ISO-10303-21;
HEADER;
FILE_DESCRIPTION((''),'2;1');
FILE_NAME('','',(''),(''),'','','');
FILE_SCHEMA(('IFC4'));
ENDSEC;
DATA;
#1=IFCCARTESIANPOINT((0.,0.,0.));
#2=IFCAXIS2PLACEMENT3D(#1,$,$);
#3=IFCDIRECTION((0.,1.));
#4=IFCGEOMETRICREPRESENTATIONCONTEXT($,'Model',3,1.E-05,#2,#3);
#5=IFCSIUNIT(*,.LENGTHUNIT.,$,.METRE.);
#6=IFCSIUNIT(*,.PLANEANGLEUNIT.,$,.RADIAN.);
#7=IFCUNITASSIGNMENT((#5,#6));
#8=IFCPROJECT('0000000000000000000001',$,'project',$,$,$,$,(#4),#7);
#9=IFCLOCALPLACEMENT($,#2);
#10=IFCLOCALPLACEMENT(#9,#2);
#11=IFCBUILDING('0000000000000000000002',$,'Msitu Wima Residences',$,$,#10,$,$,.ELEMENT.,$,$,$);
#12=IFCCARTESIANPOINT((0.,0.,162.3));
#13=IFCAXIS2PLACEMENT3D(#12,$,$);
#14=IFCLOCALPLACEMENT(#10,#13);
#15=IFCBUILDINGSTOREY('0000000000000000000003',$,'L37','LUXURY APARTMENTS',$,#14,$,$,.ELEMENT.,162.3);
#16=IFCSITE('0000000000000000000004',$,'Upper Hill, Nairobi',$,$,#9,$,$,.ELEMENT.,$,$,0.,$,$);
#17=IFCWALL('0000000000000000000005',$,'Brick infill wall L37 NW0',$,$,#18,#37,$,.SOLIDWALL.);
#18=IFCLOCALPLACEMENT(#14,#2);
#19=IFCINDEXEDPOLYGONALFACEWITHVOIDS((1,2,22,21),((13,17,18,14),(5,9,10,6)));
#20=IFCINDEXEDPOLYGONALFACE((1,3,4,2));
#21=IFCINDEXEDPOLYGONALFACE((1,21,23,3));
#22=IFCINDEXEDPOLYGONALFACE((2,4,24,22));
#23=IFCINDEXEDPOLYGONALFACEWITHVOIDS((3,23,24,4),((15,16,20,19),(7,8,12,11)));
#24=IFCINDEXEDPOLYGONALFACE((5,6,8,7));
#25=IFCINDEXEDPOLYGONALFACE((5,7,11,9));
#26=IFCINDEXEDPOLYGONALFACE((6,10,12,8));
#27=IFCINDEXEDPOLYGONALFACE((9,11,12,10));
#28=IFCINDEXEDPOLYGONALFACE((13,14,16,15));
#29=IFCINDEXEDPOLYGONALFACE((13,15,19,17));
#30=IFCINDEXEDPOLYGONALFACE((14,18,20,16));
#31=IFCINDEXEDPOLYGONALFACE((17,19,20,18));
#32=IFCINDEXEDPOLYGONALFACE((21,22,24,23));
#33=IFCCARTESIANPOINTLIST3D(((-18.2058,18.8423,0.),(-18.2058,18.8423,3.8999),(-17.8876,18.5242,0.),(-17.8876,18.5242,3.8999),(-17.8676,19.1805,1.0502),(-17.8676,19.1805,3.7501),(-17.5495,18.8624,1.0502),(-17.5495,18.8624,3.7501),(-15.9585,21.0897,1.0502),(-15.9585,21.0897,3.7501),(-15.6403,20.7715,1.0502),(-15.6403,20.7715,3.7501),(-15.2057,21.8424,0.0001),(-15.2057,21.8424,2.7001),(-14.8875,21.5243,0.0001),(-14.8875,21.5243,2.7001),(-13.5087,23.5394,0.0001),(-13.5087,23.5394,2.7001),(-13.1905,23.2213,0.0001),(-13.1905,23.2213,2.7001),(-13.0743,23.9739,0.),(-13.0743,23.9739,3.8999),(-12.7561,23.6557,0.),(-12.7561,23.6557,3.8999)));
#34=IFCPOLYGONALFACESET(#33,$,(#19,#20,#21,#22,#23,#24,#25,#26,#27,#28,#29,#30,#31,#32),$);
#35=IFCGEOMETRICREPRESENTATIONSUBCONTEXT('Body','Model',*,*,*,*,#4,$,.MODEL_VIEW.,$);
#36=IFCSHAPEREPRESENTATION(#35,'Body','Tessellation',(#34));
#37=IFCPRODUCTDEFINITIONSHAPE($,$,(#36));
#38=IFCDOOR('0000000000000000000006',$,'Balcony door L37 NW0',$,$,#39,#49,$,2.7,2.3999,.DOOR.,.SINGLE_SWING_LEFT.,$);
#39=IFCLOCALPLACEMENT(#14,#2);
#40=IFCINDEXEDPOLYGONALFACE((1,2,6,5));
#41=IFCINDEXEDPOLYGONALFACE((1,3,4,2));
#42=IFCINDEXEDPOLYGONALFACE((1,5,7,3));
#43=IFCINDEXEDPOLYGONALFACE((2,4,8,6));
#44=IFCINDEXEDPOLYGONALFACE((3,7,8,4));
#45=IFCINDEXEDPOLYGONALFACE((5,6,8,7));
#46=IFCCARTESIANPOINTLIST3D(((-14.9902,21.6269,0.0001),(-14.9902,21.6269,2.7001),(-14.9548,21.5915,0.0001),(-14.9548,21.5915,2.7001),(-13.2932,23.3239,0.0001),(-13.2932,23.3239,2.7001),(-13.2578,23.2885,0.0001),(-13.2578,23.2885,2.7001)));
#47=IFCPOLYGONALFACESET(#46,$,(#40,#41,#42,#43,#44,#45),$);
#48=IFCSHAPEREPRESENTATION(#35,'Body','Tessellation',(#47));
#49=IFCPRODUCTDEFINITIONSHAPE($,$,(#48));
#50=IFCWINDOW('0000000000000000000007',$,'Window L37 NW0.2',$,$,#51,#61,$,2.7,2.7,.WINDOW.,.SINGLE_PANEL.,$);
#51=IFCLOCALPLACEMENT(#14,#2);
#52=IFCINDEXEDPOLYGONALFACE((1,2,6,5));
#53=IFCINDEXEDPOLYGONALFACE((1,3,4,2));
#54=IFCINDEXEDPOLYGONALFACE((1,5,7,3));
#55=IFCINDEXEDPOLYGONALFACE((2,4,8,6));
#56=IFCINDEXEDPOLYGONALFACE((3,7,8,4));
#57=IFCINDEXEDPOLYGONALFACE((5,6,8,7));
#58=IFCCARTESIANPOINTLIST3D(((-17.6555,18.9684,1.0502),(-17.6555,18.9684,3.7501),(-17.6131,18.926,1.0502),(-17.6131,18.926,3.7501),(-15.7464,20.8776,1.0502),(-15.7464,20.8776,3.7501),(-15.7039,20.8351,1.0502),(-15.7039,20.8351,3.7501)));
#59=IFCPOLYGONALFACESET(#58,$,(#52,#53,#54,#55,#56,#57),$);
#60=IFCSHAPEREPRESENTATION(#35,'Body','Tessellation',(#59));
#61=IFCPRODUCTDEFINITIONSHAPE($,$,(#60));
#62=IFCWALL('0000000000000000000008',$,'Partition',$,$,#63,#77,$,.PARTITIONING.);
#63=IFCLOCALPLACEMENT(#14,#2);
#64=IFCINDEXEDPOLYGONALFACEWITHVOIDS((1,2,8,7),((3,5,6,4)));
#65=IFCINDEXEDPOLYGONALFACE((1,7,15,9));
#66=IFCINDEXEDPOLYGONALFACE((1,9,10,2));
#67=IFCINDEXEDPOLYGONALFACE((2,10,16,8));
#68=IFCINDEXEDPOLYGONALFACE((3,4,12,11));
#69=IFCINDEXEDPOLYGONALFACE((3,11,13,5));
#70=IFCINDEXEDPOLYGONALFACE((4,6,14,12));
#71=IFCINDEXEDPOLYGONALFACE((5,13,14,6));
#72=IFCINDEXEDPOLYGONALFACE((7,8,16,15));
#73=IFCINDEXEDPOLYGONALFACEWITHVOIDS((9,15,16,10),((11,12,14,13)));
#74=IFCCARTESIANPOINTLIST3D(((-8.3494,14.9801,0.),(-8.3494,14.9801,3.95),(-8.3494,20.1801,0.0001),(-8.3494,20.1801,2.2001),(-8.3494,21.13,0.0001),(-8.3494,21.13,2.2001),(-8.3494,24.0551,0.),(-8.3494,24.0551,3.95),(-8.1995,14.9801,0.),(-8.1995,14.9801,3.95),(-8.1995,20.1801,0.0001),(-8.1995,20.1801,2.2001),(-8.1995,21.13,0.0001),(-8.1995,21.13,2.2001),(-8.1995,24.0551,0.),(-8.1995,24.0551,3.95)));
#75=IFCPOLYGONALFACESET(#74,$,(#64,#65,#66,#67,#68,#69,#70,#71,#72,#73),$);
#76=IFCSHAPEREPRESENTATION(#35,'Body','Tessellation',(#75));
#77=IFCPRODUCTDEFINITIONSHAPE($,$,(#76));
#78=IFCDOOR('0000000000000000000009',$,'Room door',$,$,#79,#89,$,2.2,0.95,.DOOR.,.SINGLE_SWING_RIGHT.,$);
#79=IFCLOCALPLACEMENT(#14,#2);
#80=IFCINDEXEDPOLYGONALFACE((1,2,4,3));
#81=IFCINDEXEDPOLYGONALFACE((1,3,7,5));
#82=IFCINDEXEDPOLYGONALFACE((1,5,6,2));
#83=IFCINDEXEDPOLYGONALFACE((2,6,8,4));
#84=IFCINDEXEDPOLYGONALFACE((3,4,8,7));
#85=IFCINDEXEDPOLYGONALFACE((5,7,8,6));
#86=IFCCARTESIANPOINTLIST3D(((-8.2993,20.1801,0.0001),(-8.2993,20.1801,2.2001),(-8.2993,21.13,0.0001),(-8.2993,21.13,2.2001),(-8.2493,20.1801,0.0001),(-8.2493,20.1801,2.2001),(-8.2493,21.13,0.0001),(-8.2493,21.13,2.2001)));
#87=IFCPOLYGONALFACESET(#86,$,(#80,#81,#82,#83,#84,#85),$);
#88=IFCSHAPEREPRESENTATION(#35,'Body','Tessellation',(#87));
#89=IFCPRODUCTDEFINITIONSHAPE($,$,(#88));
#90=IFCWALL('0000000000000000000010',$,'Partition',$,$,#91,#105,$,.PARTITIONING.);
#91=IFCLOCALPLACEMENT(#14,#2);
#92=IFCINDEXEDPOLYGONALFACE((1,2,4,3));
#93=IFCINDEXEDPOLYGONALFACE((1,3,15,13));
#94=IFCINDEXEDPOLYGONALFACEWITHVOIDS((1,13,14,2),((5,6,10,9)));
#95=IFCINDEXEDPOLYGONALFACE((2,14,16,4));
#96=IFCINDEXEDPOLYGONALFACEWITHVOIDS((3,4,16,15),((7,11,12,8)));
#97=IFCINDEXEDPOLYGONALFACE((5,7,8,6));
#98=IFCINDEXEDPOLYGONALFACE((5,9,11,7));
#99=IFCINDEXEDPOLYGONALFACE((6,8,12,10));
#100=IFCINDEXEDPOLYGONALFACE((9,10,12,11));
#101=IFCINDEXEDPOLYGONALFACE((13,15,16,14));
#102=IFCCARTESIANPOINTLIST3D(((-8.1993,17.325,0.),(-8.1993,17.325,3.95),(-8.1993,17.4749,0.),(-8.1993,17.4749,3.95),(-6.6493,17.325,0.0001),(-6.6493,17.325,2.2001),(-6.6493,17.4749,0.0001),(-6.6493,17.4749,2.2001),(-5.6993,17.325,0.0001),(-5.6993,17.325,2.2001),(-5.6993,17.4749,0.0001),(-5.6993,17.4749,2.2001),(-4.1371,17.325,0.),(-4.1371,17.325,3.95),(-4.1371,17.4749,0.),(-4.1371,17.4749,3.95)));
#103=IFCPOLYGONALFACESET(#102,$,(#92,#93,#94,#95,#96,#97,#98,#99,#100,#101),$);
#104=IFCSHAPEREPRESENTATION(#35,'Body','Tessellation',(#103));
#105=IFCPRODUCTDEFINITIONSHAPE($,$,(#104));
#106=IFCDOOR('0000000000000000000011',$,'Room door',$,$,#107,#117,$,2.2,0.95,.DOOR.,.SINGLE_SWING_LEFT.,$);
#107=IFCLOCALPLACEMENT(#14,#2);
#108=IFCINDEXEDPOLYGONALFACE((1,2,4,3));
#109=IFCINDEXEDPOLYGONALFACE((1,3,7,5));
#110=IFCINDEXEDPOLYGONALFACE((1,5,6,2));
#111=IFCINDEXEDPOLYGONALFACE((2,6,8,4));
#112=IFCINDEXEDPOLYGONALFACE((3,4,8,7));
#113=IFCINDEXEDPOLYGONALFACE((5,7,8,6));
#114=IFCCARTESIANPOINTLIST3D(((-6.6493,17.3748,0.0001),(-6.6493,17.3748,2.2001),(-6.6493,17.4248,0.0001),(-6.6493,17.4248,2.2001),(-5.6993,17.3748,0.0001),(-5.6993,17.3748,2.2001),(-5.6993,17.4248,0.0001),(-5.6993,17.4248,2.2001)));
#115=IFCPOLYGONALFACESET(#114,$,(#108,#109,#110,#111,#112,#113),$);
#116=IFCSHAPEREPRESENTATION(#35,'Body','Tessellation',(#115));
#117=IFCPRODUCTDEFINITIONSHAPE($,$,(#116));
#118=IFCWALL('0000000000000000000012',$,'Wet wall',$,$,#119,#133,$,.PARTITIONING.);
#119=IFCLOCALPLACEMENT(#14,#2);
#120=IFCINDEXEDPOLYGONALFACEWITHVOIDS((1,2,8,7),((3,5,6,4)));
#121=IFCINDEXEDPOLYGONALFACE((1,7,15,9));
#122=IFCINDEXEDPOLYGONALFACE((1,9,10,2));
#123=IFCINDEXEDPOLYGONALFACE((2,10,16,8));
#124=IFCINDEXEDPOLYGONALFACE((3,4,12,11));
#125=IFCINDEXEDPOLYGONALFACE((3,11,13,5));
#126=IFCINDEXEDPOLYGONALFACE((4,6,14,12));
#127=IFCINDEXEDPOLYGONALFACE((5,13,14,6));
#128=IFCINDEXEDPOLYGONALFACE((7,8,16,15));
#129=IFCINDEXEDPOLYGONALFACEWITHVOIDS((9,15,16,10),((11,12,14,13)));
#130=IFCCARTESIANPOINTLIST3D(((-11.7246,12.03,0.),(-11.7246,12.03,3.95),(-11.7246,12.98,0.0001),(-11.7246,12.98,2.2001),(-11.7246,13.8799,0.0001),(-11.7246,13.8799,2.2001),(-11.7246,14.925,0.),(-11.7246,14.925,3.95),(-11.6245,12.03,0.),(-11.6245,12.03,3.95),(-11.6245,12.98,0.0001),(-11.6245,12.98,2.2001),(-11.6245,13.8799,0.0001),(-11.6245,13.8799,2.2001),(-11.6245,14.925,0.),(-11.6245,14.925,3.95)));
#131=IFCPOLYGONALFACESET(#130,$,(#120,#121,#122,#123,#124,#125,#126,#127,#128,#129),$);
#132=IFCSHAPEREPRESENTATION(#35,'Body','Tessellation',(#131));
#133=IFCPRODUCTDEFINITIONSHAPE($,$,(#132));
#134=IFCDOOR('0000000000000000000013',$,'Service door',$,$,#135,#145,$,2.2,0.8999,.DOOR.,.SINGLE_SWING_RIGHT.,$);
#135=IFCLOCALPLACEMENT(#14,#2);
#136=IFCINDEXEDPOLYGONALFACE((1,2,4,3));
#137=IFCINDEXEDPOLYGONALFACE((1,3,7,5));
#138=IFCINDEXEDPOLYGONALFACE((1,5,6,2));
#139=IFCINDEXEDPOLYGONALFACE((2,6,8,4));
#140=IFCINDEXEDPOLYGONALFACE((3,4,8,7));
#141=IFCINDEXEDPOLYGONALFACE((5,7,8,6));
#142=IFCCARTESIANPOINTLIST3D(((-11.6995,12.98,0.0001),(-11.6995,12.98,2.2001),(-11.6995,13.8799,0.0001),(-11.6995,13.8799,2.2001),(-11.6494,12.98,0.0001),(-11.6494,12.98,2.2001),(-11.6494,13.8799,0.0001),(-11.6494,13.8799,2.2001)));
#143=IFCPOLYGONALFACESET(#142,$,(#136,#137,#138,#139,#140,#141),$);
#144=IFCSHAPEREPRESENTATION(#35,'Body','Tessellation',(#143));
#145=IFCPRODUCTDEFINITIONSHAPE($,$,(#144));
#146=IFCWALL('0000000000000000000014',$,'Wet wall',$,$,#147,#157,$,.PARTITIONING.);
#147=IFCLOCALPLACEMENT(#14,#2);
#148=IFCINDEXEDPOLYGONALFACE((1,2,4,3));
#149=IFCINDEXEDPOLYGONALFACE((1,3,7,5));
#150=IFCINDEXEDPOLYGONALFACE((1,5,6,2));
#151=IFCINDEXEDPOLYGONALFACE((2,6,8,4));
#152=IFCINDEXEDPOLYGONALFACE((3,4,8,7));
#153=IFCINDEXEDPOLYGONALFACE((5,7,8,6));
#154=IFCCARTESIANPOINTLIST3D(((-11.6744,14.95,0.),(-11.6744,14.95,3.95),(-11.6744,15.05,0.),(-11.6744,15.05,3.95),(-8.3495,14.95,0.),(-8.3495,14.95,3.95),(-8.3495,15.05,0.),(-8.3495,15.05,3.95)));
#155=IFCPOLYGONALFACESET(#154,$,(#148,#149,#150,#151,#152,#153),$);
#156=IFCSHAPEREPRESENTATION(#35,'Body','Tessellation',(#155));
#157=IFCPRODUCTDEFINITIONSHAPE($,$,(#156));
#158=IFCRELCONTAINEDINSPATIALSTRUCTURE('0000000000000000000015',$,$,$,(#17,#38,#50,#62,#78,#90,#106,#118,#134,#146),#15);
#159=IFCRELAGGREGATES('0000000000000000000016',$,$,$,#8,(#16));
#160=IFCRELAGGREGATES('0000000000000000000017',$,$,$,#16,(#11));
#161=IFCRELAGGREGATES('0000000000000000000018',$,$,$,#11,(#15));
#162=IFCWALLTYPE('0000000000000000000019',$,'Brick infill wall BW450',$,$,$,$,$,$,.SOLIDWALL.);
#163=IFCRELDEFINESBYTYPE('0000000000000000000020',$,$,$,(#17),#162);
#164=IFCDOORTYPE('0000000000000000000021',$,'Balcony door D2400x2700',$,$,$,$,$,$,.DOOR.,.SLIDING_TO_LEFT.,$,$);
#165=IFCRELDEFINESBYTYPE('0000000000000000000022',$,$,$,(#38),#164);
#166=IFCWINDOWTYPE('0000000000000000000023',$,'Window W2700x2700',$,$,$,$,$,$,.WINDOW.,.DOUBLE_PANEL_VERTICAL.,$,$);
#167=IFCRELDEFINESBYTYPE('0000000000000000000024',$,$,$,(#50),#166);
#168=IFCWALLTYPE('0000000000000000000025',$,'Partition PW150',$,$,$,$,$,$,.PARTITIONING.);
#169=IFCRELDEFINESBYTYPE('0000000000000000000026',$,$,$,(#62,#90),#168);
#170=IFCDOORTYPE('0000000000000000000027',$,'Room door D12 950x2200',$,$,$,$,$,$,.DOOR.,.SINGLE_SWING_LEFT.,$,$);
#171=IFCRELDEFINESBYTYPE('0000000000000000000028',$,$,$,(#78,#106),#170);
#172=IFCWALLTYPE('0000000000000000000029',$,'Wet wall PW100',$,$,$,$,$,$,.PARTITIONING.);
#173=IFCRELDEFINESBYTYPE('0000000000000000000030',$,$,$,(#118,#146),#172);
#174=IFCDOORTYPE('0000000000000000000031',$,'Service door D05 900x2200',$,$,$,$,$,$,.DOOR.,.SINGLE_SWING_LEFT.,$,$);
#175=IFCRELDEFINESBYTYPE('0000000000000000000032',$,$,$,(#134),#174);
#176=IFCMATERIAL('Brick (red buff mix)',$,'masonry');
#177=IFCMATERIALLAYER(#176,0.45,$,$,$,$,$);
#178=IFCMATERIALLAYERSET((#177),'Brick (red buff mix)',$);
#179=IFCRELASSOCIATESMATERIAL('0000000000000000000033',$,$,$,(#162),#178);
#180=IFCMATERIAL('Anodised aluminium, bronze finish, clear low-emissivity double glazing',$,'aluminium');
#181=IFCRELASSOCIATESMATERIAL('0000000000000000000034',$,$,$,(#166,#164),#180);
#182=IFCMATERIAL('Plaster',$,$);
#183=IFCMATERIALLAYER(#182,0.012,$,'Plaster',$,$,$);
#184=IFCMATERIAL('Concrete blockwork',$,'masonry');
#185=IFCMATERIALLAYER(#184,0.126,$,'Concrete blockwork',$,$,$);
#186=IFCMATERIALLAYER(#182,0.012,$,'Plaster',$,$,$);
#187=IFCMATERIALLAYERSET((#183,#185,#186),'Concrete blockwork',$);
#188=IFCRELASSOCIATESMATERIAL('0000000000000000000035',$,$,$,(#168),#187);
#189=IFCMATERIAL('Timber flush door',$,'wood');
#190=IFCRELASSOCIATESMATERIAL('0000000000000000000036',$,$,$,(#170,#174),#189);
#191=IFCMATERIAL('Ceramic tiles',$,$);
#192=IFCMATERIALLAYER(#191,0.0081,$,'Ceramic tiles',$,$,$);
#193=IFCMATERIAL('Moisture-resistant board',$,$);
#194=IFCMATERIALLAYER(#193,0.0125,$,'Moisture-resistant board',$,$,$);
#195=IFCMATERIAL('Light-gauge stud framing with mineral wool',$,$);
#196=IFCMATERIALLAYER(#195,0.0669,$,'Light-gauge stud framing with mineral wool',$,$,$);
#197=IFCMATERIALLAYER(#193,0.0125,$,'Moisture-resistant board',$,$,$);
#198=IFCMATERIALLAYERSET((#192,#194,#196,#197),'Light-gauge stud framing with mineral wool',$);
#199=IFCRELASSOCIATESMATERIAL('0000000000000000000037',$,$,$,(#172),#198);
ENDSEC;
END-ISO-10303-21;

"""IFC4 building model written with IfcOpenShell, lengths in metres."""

from ifc_helpers import new_model, si_unit, direction, frame, frame_2d, origin, place, context, subcontext, project, spatial, rectangle, extrude, material, layer, layer_set, type_object, element, fill, save


model = new_model("IFC4")

# Units and contexts
model_context = context("Model", 3, precision=1e-05, world=origin(), true_north=direction((0.0, 1.0)))
body_context = subcontext(model_context, "Body", "Model", "MODEL_VIEW")
ifc_project = project(units=[si_unit("LENGTHUNIT", "METRE"), si_unit("PLANEANGLEUNIT", "RADIAN")], contexts=[model_context])

# Site, building, storey
site_placement = place(None, origin())
site = spatial("IfcSite", under=ifc_project, at=site_placement, Name="Upper Hill, Nairobi", CompositionType="ELEMENT", RefElevation=0.0)
building_placement = place(site_placement, origin())
building = spatial("IfcBuilding", under=site, at=building_placement, Name="Msitu Wima Residences", CompositionType="ELEMENT")
storey_placement = place(building_placement, frame((0.0, 0.0, 162.3)))
storey = spatial("IfcBuildingStorey", under=building, at=storey_placement, Name="L37", Description="LUXURY APARTMENTS", CompositionType="ELEMENT", Elevation=162.3)

# Shared definitions
ifc_material_1 = material(Name="Brick (red buff mix)", Category="masonry")
ifc_layer_1 = layer(ifc_material_1, 0.45)
ifc_layer_set_1 = layer_set([ifc_layer_1], Name="Brick (red buff mix)")
wall_type_1 = type_object("IfcWallType", Name="Brick infill wall BW450", PredefinedType="SOLIDWALL", material=ifc_layer_set_1)
ifc_material_2 = material(Name="Anodised aluminium, bronze finish, clear low-emissivity double glazing", Category="aluminium")
window_type = type_object("IfcWindowType", Name="Window W2700x2700", PartitioningType="DOUBLE_PANEL_VERTICAL", PredefinedType="WINDOW", material=ifc_material_2)

# Wall, openings, door, window
wall_1_placement = place(storey_placement, frame((-12.9153, 23.8147, 0.0), z_axis=(0.0, 0.0, 1.0), x_axis=(-0.707107, -0.707107, 0.0)))
wall_1 = element("IfcWall", 1, at=wall_1_placement, inside=storey, type_object=wall_type_1, Name="Brick infill wall L37 NW0", PredefinedType="SOLIDWALL", context=body_context, shape_type="SweptSolid", body=[
    extrude(rectangle(XDim=7.2571, YDim=0.45, at=frame_2d((3.6284, 0.0))), origin(), (0.0, 0.0, 1.0), 3.8999),
])
opening_1_placement = place(wall_1_placement, frame((0.6143, 0.0, 0.0)))
opening_1 = element("IfcOpeningElement", 2, at=opening_1_placement, cuts=wall_1, PredefinedType="OPENING", context=body_context, shape_type="SweptSolid", body=[
    extrude(rectangle(XDim=2.3999, YDim=2.7, at=frame_2d((1.2, 1.3501))), frame((0.0, 0.2349, 0.0), z_axis=(0.0, -1.0, 0.0), x_axis=(1.0, 0.0, 0.0)), (0.0, 0.0, 1.0), 0.47),
])
opening_2_placement = place(wall_1_placement, frame((4.0786, 0.0, 1.05)))
opening_2 = element("IfcOpeningElement", 3, at=opening_2_placement, cuts=wall_1, PredefinedType="OPENING", context=body_context, shape_type="SweptSolid", body=[
    extrude(rectangle(XDim=2.7, YDim=2.7, at=frame_2d((1.3501, 1.3501))), frame((0.0, 0.2349, 0.0), z_axis=(0.0, -1.0, 0.0), x_axis=(1.0, 0.0, 0.0)), (0.0, 0.0, 1.0), 0.47),
])
door_type_1 = type_object("IfcDoorType", Name="Balcony door D2400x2700", OperationType="SLIDING_TO_LEFT", PredefinedType="DOOR", material=ifc_material_2)
door_1_placement = place(opening_1_placement, origin())
door_1 = element("IfcDoor", 4, at=door_1_placement, inside=storey, type_object=door_type_1, Name="Balcony door L37 NW0", OperationType="SINGLE_SWING_LEFT", OverallHeight=2.7, OverallWidth=2.3999, PredefinedType="DOOR", context=body_context, shape_type="SweptSolid", body=[
    extrude(rectangle(XDim=2.3999, YDim=2.7, at=frame_2d((1.2, 1.3501))), frame((0.0, 0.1299, 0.0), z_axis=(0.0, -1.0, 0.0), x_axis=(1.0, 0.0, 0.0)), (0.0, 0.0, 1.0), 0.05),
])
fill(opening_1, door_1)
window_1_placement = place(opening_2_placement, origin())
window_1 = element("IfcWindow", 5, at=window_1_placement, inside=storey, type_object=window_type, Name="Window L37 NW0.2", OverallHeight=2.7, OverallWidth=2.7, PartitioningType="SINGLE_PANEL", PredefinedType="WINDOW", context=body_context, shape_type="SweptSolid", body=[
    extrude(rectangle(XDim=2.7, YDim=2.7, at=frame_2d((1.3501, 1.3501))), frame((0.0, 0.135, 0.0), z_axis=(0.0, -1.0, 0.0), x_axis=(1.0, 0.0, 0.0)), (0.0, 0.0, 1.0), 0.0601),
])
fill(opening_2, window_1)

# Walls, openings, doors
ifc_material_3 = material(Name="Plaster")
ifc_layer_2 = layer(ifc_material_3, 0.012, Name="Plaster")
ifc_material_4 = material(Name="Concrete blockwork", Category="masonry")
ifc_layer_3 = layer(ifc_material_4, 0.126, Name="Concrete blockwork")
ifc_layer_4 = layer(ifc_material_3, 0.012, Name="Plaster")
ifc_layer_set_2 = layer_set([ifc_layer_2, ifc_layer_3, ifc_layer_4], Name="Concrete blockwork")
wall_type_2 = type_object("IfcWallType", Name="Partition PW150", PredefinedType="PARTITIONING", material=ifc_layer_set_2)
wall_2_placement = place(storey_placement, frame((-8.2744, 14.98, 0.0), z_axis=(0.0, 0.0, 1.0), x_axis=(0.0, 1.0, 0.0)))
wall_2 = element("IfcWall", 6, at=wall_2_placement, inside=storey, type_object=wall_type_2, Name="Partition", PredefinedType="PARTITIONING", context=body_context, shape_type="SweptSolid", body=[
    extrude(rectangle(XDim=9.075, YDim=0.1499, at=frame_2d((4.5376, 0.0))), origin(), (0.0, 0.0, 1.0), 3.95),
])
opening_3_placement = place(wall_2_placement, frame((5.2, 0.0, 0.0)))
opening_3 = element("IfcOpeningElement", 7, at=opening_3_placement, cuts=wall_2, PredefinedType="OPENING", context=body_context, shape_type="SweptSolid", body=[
    extrude(rectangle(XDim=0.95, YDim=2.2, at=frame_2d((0.4751, 1.1001))), frame((0.0, 0.085, 0.0), z_axis=(0.0, -1.0, 0.0), x_axis=(1.0, 0.0, 0.0)), (0.0, 0.0, 1.0), 0.1699),
])
ifc_material_5 = material(Name="Timber flush door", Category="wood")
door_type_2 = type_object("IfcDoorType", Name="Room door D12 950x2200", OperationType="SINGLE_SWING_LEFT", PredefinedType="DOOR", material=ifc_material_5)
door_2_placement = place(opening_3_placement, origin())
door_2 = element("IfcDoor", 8, at=door_2_placement, inside=storey, type_object=door_type_2, Name="Room door", OperationType="SINGLE_SWING_RIGHT", OverallHeight=2.2, OverallWidth=0.95, PredefinedType="DOOR", context=body_context, shape_type="SweptSolid", body=[
    extrude(rectangle(XDim=0.95, YDim=2.2, at=frame_2d((0.4751, 1.1001))), frame((0.0, 0.0249, 0.0), z_axis=(0.0, -1.0, 0.0), x_axis=(1.0, 0.0, 0.0)), (0.0, 0.0, 1.0), 0.05),
])
fill(opening_3, door_2)
wall_3_placement = place(storey_placement, frame((-8.1995, 17.3999, 0.0), z_axis=(0.0, 0.0, 1.0), x_axis=(1.0, 0.0, 0.0)))
wall_3 = element("IfcWall", 9, at=wall_3_placement, inside=storey, type_object=wall_type_2, Name="Partition", PredefinedType="PARTITIONING", context=body_context, shape_type="SweptSolid", body=[
    extrude(rectangle(XDim=4.0623, YDim=0.1499, at=frame_2d((2.0312, 0.0))), origin(), (0.0, 0.0, 1.0), 3.95),
])
opening_4_placement = place(wall_3_placement, frame((1.55, 0.0, 0.0)))
opening_4 = element("IfcOpeningElement", 10, at=opening_4_placement, cuts=wall_3, PredefinedType="OPENING", context=body_context, shape_type="SweptSolid", body=[
    extrude(rectangle(XDim=0.95, YDim=2.2, at=frame_2d((0.4751, 1.1001))), frame((0.0, 0.085, 0.0), z_axis=(0.0, -1.0, 0.0), x_axis=(1.0, 0.0, 0.0)), (0.0, 0.0, 1.0), 0.1699),
])
door_3_placement = place(opening_4_placement, origin())
door_3 = element("IfcDoor", 11, at=door_3_placement, inside=storey, type_object=door_type_2, Name="Room door", OperationType="SINGLE_SWING_LEFT", OverallHeight=2.2, OverallWidth=0.95, PredefinedType="DOOR", context=body_context, shape_type="SweptSolid", body=[
    extrude(rectangle(XDim=0.95, YDim=2.2, at=frame_2d((0.4751, 1.1001))), frame((0.0, 0.0249, 0.0), z_axis=(0.0, -1.0, 0.0), x_axis=(1.0, 0.0, 0.0)), (0.0, 0.0, 1.0), 0.05),
])
fill(opening_4, door_3)
ifc_material_6 = material(Name="Ceramic tiles")
ifc_layer_5 = layer(ifc_material_6, 0.0081, Name="Ceramic tiles")
ifc_material_7 = material(Name="Moisture-resistant board")
ifc_layer_6 = layer(ifc_material_7, 0.0125, Name="Moisture-resistant board")
ifc_material_8 = material(Name="Light-gauge stud framing with mineral wool")
ifc_layer_7 = layer(ifc_material_8, 0.0669, Name="Light-gauge stud framing with mineral wool")
ifc_layer_8 = layer(ifc_material_7, 0.0125, Name="Moisture-resistant board")
ifc_layer_set_3 = layer_set([ifc_layer_5, ifc_layer_6, ifc_layer_7, ifc_layer_8], Name="Light-gauge stud framing with mineral wool")
wall_type_3 = type_object("IfcWallType", Name="Wet wall PW100", PredefinedType="PARTITIONING", material=ifc_layer_set_3)
wall_4_placement = place(storey_placement, frame((-11.6746, 12.03, 0.0), z_axis=(0.0, 0.0, 1.0), x_axis=(0.0, 1.0, 0.0)))
wall_4 = element("IfcWall", 12, at=wall_4_placement, inside=storey, type_object=wall_type_3, Name="Wet wall", PredefinedType="PARTITIONING", context=body_context, shape_type="SweptSolid", body=[
    extrude(rectangle(XDim=2.895, YDim=0.1001, at=frame_2d((1.4475, 0.0))), origin(), (0.0, 0.0, 1.0), 3.95),
])
opening_5_placement = place(wall_4_placement, frame((0.95, 0.0, 0.0)))
opening_5 = element("IfcOpeningElement", 13, at=opening_5_placement, cuts=wall_4, PredefinedType="OPENING", context=body_context, shape_type="SweptSolid", body=[
    extrude(rectangle(XDim=0.8999, YDim=2.2, at=frame_2d((0.45, 1.1001))), frame((0.0, 0.0601, 0.0), z_axis=(0.0, -1.0, 0.0), x_axis=(1.0, 0.0, 0.0)), (0.0, 0.0, 1.0), 0.1201),
])
door_type_3 = type_object("IfcDoorType", Name="Service door D05 900x2200", OperationType="SINGLE_SWING_LEFT", PredefinedType="DOOR", material=ifc_material_5)
door_4_placement = place(opening_5_placement, origin())
door_4 = element("IfcDoor", 14, at=door_4_placement, inside=storey, type_object=door_type_3, Name="Service door", OperationType="SINGLE_SWING_RIGHT", OverallHeight=2.2, OverallWidth=0.8999, PredefinedType="DOOR", context=body_context, shape_type="SweptSolid", body=[
    extrude(rectangle(XDim=0.8999, YDim=2.2, at=frame_2d((0.45, 1.1001))), frame((0.0, 0.0249, 0.0), z_axis=(0.0, -1.0, 0.0), x_axis=(1.0, 0.0, 0.0)), (0.0, 0.0, 1.0), 0.05),
])
fill(opening_5, door_4)

# Wall
wall_5_placement = place(storey_placement, frame((-11.6746, 15.0, 0.0), z_axis=(0.0, 0.0, 1.0), x_axis=(1.0, 0.0, 0.0)))
element("IfcWall", 15, at=wall_5_placement, inside=storey, type_object=wall_type_3, Name="Wet wall", PredefinedType="PARTITIONING", context=body_context, shape_type="SweptSolid", body=[
    extrude(rectangle(XDim=3.325, YDim=0.1001, at=frame_2d((1.6626, 0.0))), origin(), (0.0, 0.0, 1.0), 3.95),
])

save(model, "model.ifc")
